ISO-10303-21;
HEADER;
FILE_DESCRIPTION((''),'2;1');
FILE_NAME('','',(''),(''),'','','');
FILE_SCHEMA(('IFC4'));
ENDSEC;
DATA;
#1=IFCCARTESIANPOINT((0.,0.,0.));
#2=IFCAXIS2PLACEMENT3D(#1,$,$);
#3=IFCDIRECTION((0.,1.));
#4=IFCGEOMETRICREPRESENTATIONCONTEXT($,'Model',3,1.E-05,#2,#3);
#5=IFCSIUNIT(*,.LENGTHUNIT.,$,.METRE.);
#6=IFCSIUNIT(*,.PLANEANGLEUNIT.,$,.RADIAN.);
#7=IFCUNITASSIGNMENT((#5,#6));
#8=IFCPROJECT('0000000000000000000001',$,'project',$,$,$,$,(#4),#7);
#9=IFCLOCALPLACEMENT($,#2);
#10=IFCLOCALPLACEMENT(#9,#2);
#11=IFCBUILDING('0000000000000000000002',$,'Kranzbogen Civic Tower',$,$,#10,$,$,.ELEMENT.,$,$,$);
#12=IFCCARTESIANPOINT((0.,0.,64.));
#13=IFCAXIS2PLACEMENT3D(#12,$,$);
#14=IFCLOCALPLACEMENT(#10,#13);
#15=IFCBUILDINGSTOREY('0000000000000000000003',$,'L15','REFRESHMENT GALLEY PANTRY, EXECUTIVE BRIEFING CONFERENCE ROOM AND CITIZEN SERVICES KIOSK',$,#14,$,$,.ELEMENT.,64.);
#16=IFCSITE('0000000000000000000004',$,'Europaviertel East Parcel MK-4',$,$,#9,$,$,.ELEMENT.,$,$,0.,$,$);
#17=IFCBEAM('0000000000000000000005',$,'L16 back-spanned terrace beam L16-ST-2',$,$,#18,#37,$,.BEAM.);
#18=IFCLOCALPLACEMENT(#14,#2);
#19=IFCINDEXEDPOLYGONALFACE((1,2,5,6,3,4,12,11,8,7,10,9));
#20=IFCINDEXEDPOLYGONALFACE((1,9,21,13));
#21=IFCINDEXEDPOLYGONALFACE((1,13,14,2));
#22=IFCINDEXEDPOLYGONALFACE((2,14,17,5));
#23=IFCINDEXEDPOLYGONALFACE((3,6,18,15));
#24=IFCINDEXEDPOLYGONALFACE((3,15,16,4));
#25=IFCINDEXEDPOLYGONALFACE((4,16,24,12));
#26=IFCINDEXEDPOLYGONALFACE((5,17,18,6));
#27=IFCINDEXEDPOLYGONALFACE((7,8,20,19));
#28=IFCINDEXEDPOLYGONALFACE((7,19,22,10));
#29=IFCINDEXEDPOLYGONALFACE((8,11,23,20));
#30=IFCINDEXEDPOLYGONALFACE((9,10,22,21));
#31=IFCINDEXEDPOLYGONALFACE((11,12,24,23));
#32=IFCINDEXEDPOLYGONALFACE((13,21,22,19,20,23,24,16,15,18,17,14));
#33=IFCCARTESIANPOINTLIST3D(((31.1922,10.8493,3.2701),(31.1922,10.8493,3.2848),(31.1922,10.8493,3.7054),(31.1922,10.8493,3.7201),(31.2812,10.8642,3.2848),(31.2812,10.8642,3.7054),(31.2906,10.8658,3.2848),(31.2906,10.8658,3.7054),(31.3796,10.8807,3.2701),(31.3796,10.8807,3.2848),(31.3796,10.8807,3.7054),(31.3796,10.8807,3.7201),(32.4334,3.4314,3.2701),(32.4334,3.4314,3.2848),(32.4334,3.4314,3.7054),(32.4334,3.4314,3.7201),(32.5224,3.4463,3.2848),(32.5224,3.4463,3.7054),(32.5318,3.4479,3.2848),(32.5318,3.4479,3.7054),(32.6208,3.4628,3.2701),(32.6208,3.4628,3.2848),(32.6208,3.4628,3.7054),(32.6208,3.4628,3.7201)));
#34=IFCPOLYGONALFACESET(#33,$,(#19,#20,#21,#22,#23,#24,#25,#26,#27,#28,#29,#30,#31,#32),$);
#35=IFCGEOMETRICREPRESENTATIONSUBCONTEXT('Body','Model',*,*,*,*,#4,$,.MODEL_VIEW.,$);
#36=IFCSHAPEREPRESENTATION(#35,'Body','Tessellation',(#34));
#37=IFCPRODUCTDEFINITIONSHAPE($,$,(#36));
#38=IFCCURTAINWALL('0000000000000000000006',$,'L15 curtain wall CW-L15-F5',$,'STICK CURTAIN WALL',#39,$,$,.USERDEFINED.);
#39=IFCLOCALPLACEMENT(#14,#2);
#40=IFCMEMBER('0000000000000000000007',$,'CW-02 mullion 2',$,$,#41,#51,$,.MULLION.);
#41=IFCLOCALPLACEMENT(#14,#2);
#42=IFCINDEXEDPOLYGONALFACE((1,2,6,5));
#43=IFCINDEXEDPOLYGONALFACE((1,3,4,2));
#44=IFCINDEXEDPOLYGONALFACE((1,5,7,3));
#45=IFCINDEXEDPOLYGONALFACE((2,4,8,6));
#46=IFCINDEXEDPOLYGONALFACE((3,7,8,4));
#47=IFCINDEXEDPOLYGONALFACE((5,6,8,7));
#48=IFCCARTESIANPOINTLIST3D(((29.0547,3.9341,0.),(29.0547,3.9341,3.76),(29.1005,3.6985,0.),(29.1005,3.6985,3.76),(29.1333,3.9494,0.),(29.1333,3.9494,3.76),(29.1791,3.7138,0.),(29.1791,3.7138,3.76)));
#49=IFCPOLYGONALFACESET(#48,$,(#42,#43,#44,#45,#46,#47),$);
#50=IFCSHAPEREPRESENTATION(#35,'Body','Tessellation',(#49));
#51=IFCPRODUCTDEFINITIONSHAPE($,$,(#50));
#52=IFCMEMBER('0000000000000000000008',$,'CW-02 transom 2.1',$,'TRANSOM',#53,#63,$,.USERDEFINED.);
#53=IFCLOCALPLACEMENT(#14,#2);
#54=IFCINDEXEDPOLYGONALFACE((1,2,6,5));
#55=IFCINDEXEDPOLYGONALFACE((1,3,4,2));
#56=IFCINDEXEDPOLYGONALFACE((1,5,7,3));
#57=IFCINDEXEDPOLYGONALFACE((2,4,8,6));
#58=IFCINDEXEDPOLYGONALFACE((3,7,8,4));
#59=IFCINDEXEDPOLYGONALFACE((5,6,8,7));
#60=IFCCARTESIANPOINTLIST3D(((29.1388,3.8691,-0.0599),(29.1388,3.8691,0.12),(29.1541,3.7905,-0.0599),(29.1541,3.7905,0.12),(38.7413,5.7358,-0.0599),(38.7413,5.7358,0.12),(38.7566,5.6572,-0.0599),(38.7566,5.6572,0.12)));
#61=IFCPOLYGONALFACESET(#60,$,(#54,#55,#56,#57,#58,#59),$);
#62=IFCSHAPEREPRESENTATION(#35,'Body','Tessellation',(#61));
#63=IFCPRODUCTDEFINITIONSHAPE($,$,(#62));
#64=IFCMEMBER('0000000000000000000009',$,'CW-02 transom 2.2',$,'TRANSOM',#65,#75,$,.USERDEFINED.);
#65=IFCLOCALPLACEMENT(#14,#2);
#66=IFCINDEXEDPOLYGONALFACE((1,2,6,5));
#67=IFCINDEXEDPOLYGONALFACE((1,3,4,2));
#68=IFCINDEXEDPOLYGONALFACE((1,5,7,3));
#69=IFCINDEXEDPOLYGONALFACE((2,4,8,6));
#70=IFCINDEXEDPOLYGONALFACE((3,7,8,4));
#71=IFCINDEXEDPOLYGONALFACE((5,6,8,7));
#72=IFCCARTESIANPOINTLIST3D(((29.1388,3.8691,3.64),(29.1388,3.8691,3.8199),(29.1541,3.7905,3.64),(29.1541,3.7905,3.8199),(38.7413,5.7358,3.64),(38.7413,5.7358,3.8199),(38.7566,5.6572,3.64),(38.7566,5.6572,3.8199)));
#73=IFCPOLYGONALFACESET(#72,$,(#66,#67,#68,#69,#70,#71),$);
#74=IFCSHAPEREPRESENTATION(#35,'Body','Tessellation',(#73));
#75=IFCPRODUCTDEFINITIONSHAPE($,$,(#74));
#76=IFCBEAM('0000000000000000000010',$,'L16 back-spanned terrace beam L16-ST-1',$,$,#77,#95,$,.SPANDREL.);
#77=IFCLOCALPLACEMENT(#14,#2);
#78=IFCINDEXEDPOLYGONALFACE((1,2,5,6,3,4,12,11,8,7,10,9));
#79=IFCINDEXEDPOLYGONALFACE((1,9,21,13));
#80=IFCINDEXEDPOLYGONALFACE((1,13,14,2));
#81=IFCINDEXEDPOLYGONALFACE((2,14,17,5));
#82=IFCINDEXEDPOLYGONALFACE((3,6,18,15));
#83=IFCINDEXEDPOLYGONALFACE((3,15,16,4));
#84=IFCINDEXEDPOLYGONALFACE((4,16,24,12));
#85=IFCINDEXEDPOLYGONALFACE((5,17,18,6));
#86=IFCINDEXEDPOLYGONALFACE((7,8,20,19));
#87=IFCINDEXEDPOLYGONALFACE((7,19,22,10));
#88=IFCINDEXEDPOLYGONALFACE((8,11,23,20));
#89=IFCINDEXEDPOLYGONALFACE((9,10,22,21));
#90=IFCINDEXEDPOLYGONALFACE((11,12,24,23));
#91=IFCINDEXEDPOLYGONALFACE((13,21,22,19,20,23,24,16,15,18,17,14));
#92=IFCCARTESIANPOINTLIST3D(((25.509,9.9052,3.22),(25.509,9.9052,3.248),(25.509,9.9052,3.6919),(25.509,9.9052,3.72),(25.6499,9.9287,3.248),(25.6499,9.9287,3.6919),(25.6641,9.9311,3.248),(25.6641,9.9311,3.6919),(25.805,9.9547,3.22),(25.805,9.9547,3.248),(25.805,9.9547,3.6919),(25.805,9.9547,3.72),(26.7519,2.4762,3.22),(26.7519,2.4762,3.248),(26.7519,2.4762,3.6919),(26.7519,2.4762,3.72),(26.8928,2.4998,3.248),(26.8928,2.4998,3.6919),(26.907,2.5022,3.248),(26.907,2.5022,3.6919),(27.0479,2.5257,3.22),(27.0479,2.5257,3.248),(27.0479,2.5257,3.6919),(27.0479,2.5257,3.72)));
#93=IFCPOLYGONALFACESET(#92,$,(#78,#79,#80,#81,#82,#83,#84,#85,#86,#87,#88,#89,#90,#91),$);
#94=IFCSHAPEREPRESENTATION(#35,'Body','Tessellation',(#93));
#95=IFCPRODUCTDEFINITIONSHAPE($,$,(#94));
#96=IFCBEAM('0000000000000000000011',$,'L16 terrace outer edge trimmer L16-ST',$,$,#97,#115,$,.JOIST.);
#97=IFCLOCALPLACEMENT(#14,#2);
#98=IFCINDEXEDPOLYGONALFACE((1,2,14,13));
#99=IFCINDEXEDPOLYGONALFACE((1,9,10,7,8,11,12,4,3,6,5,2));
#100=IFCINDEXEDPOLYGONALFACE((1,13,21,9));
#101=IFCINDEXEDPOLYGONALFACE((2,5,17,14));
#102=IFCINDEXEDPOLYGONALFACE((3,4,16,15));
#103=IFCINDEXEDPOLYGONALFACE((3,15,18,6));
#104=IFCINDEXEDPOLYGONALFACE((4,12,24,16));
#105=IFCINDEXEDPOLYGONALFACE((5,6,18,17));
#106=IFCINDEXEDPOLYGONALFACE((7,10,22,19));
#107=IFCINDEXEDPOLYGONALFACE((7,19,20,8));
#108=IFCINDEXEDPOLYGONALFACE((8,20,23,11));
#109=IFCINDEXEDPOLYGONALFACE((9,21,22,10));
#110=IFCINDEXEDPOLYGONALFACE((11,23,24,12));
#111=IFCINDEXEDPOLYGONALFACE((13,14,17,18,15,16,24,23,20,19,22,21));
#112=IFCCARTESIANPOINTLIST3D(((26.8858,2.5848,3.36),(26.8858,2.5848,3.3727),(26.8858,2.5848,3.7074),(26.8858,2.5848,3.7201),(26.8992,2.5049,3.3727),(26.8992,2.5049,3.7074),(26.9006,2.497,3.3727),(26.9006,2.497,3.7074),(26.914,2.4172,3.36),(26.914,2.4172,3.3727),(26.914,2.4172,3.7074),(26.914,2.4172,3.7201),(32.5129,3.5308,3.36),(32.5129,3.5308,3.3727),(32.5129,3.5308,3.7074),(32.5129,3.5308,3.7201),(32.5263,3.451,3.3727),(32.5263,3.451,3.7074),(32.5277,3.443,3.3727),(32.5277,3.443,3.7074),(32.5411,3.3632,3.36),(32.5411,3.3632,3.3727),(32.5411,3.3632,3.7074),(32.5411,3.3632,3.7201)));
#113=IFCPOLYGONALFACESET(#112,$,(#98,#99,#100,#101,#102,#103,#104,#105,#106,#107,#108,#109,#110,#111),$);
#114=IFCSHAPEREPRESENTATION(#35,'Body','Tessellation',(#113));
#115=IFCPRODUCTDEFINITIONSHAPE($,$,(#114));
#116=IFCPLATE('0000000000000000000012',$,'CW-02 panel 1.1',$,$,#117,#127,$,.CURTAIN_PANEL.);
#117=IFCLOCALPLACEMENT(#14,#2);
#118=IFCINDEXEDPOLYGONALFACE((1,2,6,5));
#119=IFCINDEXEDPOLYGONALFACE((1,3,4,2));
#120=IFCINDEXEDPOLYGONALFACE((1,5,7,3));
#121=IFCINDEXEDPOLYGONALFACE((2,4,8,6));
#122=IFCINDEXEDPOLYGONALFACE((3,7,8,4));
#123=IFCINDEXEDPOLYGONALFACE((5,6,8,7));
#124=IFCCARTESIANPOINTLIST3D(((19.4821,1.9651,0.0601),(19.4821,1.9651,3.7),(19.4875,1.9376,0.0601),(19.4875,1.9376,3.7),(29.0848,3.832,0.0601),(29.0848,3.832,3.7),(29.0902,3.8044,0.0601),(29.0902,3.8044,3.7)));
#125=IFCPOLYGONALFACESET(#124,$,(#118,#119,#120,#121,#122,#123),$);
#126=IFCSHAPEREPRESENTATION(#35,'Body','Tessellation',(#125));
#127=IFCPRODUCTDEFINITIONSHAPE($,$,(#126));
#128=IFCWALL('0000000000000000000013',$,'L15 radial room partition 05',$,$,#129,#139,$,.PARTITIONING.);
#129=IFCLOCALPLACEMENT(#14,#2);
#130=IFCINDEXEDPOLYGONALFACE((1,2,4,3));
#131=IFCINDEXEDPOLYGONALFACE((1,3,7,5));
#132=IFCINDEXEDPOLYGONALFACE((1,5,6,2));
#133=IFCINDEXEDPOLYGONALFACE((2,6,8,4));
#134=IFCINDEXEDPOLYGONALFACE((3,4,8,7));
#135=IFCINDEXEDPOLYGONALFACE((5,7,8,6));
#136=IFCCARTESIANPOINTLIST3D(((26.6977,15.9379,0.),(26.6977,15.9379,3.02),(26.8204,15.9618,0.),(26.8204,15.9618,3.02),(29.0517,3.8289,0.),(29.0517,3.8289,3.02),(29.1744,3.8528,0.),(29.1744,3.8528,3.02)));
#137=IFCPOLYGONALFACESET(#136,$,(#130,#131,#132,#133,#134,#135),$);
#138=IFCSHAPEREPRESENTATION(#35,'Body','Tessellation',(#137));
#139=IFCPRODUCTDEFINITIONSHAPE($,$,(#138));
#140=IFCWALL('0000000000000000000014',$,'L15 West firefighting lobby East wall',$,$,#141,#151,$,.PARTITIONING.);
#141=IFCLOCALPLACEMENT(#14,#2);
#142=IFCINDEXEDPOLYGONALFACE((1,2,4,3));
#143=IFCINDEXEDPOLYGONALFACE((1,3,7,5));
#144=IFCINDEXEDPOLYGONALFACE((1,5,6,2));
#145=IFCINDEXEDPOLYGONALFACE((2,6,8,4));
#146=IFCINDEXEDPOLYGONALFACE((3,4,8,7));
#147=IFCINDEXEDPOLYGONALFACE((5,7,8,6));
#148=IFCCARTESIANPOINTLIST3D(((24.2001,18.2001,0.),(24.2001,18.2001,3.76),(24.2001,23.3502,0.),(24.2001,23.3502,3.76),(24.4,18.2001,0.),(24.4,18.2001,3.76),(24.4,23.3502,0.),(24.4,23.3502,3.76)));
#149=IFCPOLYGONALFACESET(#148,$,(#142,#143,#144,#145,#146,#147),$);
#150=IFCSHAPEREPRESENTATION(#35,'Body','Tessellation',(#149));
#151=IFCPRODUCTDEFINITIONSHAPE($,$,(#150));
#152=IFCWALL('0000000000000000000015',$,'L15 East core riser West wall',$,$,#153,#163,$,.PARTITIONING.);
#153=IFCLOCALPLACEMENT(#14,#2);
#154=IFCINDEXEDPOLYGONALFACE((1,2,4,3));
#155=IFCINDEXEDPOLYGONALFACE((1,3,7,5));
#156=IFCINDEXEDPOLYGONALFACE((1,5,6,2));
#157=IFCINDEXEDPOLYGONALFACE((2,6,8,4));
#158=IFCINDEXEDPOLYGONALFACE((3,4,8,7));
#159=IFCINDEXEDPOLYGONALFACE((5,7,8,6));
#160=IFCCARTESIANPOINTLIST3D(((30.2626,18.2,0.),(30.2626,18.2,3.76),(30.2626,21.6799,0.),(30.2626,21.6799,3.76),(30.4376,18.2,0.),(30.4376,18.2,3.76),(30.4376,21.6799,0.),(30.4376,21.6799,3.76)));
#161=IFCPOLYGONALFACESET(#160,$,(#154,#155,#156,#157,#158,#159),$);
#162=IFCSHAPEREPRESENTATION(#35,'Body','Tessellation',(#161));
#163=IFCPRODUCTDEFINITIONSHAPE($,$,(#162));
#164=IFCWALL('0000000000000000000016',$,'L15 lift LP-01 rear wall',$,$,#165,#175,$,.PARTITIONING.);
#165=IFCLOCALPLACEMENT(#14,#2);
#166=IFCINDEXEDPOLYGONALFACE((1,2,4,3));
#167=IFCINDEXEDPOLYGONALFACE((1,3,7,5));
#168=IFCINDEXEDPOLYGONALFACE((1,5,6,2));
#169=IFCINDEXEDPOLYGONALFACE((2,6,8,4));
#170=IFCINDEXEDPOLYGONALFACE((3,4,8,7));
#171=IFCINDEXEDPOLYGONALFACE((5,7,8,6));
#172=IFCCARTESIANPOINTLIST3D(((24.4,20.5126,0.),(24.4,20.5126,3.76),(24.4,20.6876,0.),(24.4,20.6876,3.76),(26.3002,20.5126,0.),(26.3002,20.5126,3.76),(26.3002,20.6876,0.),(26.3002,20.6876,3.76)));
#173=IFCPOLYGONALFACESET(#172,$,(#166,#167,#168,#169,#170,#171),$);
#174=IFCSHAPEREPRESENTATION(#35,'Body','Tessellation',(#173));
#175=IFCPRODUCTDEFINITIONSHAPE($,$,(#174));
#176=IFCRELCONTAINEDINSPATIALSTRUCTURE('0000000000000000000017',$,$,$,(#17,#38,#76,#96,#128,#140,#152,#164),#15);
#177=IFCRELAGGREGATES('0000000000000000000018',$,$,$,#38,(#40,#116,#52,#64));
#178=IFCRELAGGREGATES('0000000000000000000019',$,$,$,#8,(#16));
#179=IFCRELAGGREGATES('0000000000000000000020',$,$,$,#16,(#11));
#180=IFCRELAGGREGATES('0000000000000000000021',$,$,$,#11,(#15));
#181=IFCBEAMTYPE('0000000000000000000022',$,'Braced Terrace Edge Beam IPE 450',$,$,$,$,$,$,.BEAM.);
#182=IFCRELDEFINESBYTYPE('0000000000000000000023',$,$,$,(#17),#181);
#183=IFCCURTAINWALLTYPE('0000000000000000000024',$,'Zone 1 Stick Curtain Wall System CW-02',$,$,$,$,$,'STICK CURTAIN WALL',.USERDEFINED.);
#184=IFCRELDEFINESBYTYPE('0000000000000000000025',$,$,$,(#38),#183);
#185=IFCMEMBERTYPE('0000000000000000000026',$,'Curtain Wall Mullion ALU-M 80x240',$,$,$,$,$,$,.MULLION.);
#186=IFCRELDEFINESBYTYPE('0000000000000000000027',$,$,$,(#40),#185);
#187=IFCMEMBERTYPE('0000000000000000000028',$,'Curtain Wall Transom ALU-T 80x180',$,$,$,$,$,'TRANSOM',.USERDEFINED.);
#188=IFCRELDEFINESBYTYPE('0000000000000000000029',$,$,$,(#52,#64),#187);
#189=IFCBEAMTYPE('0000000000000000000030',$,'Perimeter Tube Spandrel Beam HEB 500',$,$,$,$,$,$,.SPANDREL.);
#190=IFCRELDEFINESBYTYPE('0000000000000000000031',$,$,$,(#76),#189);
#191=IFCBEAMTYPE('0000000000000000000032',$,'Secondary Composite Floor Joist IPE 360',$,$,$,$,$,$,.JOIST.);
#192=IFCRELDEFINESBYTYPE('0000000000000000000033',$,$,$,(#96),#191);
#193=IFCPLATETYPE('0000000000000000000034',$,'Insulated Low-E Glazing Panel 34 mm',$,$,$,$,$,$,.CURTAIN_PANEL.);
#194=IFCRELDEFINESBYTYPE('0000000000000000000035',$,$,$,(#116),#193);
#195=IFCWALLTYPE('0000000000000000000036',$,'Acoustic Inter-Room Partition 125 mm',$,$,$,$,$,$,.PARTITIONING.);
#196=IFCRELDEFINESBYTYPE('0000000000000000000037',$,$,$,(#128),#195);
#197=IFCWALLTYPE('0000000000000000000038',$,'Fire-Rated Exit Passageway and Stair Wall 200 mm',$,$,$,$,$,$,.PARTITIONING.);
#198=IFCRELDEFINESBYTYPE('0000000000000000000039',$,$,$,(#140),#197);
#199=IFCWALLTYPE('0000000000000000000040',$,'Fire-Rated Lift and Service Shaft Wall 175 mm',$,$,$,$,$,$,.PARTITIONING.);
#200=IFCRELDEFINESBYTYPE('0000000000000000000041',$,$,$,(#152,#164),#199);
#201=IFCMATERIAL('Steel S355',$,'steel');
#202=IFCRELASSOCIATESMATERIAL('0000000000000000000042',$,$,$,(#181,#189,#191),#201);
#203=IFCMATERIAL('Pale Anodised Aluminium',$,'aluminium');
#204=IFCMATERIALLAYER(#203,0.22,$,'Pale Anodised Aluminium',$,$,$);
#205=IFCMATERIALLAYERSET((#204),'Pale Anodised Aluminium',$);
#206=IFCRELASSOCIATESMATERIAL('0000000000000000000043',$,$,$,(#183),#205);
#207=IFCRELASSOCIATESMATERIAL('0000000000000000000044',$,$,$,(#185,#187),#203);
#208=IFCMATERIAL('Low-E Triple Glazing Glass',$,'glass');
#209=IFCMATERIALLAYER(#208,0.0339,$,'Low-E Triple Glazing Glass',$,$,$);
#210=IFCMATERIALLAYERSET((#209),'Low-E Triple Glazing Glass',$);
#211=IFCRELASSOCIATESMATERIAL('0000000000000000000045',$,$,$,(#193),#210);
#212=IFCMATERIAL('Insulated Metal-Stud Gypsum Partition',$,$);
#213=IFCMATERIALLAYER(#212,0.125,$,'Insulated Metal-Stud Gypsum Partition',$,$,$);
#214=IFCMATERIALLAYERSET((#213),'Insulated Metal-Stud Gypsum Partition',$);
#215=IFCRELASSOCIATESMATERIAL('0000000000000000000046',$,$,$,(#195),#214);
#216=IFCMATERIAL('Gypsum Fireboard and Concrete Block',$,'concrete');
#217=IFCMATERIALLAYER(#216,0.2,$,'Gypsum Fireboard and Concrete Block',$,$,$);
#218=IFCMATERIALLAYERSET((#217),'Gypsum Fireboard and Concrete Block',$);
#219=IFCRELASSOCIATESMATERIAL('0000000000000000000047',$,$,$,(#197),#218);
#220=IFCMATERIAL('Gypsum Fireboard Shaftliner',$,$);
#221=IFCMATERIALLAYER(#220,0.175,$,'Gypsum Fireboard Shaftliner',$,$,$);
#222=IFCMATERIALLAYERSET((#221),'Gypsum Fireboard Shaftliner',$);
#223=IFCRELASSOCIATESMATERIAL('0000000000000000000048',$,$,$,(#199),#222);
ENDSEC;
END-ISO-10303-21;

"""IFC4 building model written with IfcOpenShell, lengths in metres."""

from ifc_helpers import new_model, si_unit, direction, frame, frame_2d, origin, origin_2d, place, context, subcontext, project, spatial, rectangle, i_section, extrude, material, layer, layer_set, material_profile, profile_set, type_object, element, aggregate, save


model = new_model("IFC4")

# Units and contexts
model_context = context("Model", 3, precision=1e-05, world=origin(), true_north=direction((0.0, 1.0)))
body_context = subcontext(model_context, "Body", "Model", "MODEL_VIEW")
ifc_project = project(units=[si_unit("LENGTHUNIT", "METRE"), si_unit("PLANEANGLEUNIT", "RADIAN")], contexts=[model_context])

# Site, building, storey
site_placement = place(None, origin())
site = spatial("IfcSite", under=ifc_project, at=site_placement, Name="Europaviertel East Parcel MK-4", CompositionType="ELEMENT", RefElevation=0.0)
building_placement = place(site_placement, origin())
building = spatial("IfcBuilding", under=site, at=building_placement, Name="Kranzbogen Civic Tower", CompositionType="ELEMENT")
storey_placement = place(building_placement, frame((0.0, 0.0, 64.0)))
storey = spatial("IfcBuildingStorey", under=building, at=storey_placement, Name="L15", Description="REFRESHMENT GALLEY PANTRY, EXECUTIVE BRIEFING CONFERENCE ROOM AND CITIZEN SERVICES KIOSK", CompositionType="ELEMENT", Elevation=64.0)

# Beam
ifc_material_1 = material(Name="Steel S355", Category="steel")
ifc_material_profile_1 = material_profile(ifc_material_1, i_section(OverallWidth=0.1899, OverallDepth=0.45, WebThickness=0.0095, FlangeThickness=0.0146, at=origin_2d()), Name="IPE 450")
ifc_profile_set_1 = profile_set([ifc_material_profile_1], Name="Steel S355")
beam_type_1 = type_object("IfcBeamType", Name="Braced Terrace Edge Beam IPE 450", PredefinedType="BEAM", material=ifc_profile_set_1)
beam_1_placement = place(storey_placement, frame((31.2859, 10.865, 3.4951), z_axis=(0.165031, -0.986288, 0.0), x_axis=(0.986288, 0.165031, 0.0)))
element("IfcBeam", 1, at=beam_1_placement, inside=storey, type_object=beam_type_1, Name="L16 back-spanned terrace beam L16-ST-2", PredefinedType="BEAM", context=body_context, shape_type="SweptSolid", body=[
    extrude(i_section(OverallWidth=0.1899, OverallDepth=0.45, WebThickness=0.0095, FlangeThickness=0.0146, at=origin_2d()), origin(), (0.0, 0.0, 1.0), 7.521),
])

# Curtain wall, members
ifc_material_2 = material(Name="Pale Anodised Aluminium", Category="aluminium")
ifc_layer_1 = layer(ifc_material_2, 0.22, Name="Pale Anodised Aluminium")
ifc_layer_set_1 = layer_set([ifc_layer_1], Name="Pale Anodised Aluminium")
curtain_wall_type = type_object("IfcCurtainWallType", Name="Zone 1 Stick Curtain Wall System CW-02", ElementType="STICK CURTAIN WALL", PredefinedType="USERDEFINED", material=ifc_layer_set_1)
curtain_wall_placement = place(storey_placement, origin())
curtain_wall = element("IfcCurtainWall", 2, at=curtain_wall_placement, inside=storey, type_object=curtain_wall_type, Name="L15 curtain wall CW-L15-F5", ObjectType="STICK CURTAIN WALL", PredefinedType="USERDEFINED")
ifc_material_profile_2 = material_profile(ifc_material_2, rectangle(XDim=0.0801, YDim=0.24, at=origin_2d()), Name="ALU-M 80x240")
ifc_profile_set_2 = profile_set([ifc_material_profile_2], Name="Pale Anodised Aluminium")
member_type_1 = type_object("IfcMemberType", Name="Curtain Wall Mullion ALU-M 80x240", PredefinedType="MULLION", material=ifc_profile_set_2)
member_1_placement = place(storey_placement, frame((29.1169, 3.824, 0.0), z_axis=(0.0, 0.0, 1.0), x_axis=(0.981622, 0.190834, 0.0)))
member_1 = element("IfcMember", 3, at=member_1_placement, type_object=member_type_1, Name="CW-02 mullion 2", PredefinedType="MULLION", context=body_context, shape_type="SweptSolid", body=[
    extrude(rectangle(XDim=0.0801, YDim=0.24, at=origin_2d()), origin(), (0.0, 0.0, 1.0), 3.76),
])
ifc_material_profile_3 = material_profile(ifc_material_2, rectangle(XDim=0.0801, YDim=0.1799, at=origin_2d()), Name="ALU-T 80x180")
ifc_profile_set_3 = profile_set([ifc_material_profile_3], Name="Pale Anodised Aluminium")
member_type_2 = type_object("IfcMemberType", Name="Curtain Wall Transom ALU-T 80x180", ElementType="TRANSOM", PredefinedType="USERDEFINED", material=ifc_profile_set_3)
member_2_placement = place(storey_placement, frame((29.1465, 3.8298, 0.03), z_axis=(0.981624, 0.190824, 0.0), x_axis=(-0.190824, 0.981624, 0.0)))
member_2 = element("IfcMember", 4, at=member_2_placement, type_object=member_type_2, Name="CW-02 transom 2.1", ObjectType="TRANSOM", PredefinedType="USERDEFINED", context=body_context, shape_type="SweptSolid", body=[
    extrude(rectangle(XDim=0.0801, YDim=0.1799, at=origin_2d()), origin(), (0.0, 0.0, 1.0), 9.7822),
])
member_3_placement = place(storey_placement, frame((29.1465, 3.8298, 3.73), z_axis=(0.981624, 0.190824, 0.0), x_axis=(-0.190824, 0.981624, 0.0)))
member_3 = element("IfcMember", 5, at=member_3_placement, type_object=member_type_2, Name="CW-02 transom 2.2", ObjectType="TRANSOM", PredefinedType="USERDEFINED", context=body_context, shape_type="SweptSolid", body=[
    extrude(rectangle(XDim=0.0801, YDim=0.1799, at=origin_2d()), origin(), (0.0, 0.0, 1.0), 9.7822),
])

# Beams
ifc_material_profile_4 = material_profile(ifc_material_1, i_section(OverallWidth=0.3, OverallDepth=0.5, WebThickness=0.0144, FlangeThickness=0.0281, at=origin_2d()), Name="HEB 500")
ifc_profile_set_4 = profile_set([ifc_material_profile_4], Name="Steel S355")
beam_type_2 = type_object("IfcBeamType", Name="Perimeter Tube Spandrel Beam HEB 500", PredefinedType="SPANDREL", material=ifc_profile_set_4)
beam_2_placement = place(storey_placement, frame((25.657, 9.9299, 3.47), z_axis=(0.165014, -0.986291, 0.0), x_axis=(0.986291, 0.165014, 0.0)))
element("IfcBeam", 6, at=beam_2_placement, inside=storey, type_object=beam_type_2, Name="L16 back-spanned terrace beam L16-ST-1", PredefinedType="SPANDREL", context=body_context, shape_type="SweptSolid", body=[
    extrude(i_section(OverallWidth=0.3, OverallDepth=0.5, WebThickness=0.0144, FlangeThickness=0.0281, at=origin_2d()), origin(), (0.0, 0.0, 1.0), 7.5322),
])
ifc_material_profile_5 = material_profile(ifc_material_1, i_section(OverallWidth=0.1699, OverallDepth=0.3601, WebThickness=0.0081, FlangeThickness=0.0127, at=origin_2d()), Name="IPE 360")
ifc_profile_set_5 = profile_set([ifc_material_profile_5], Name="Steel S355")
beam_type_3 = type_object("IfcBeamType", Name="Secondary Composite Floor Joist IPE 360", PredefinedType="JOIST", material=ifc_profile_set_5)
beam_3_placement = place(storey_placement, frame((26.8999, 2.501, 3.54), z_axis=(0.986161, 0.165793, 0.0), x_axis=(-0.165793, 0.986161, 0.0)))
element("IfcBeam", 7, at=beam_3_placement, inside=storey, type_object=beam_type_3, Name="L16 terrace outer edge trimmer L16-ST", PredefinedType="JOIST", context=body_context, shape_type="SweptSolid", body=[
    extrude(i_section(OverallWidth=0.1699, OverallDepth=0.3601, WebThickness=0.0081, FlangeThickness=0.0127, at=origin_2d()), origin(), (0.0, 0.0, 1.0), 5.7061),
])

# Plate
ifc_material_3 = material(Name="Low-E Triple Glazing Glass", Category="glass")
ifc_layer_2 = layer(ifc_material_3, 0.0339, Name="Low-E Triple Glazing Glass")
ifc_layer_set_2 = layer_set([ifc_layer_2], Name="Low-E Triple Glazing Glass")
plate_type = type_object("IfcPlateType", Name="Insulated Low-E Glazing Panel 34 mm", PredefinedType="CURTAIN_PANEL", material=ifc_layer_set_2)
plate_placement = place(storey_placement, frame((24.2861, 2.8848, 0.0601), z_axis=(0.0, 0.0, 1.0), x_axis=(0.981622, 0.190834, 0.0)))
plate = element("IfcPlate", 8, at=plate_placement, type_object=plate_type, Name="CW-02 panel 1.1", PredefinedType="CURTAIN_PANEL", context=body_context, shape_type="SweptSolid", body=[
    extrude(rectangle(XDim=9.7825, YDim=0.0281, at=origin_2d()), origin(), (0.0, 0.0, 1.0), 3.6399),
])
aggregate(curtain_wall, [member_1, plate, member_2, member_3])

# Walls
ifc_material_4 = material(Name="Insulated Metal-Stud Gypsum Partition")
ifc_layer_3 = layer(ifc_material_4, 0.125, Name="Insulated Metal-Stud Gypsum Partition")
ifc_layer_set_3 = layer_set([ifc_layer_3], Name="Insulated Metal-Stud Gypsum Partition")
wall_type_1 = type_object("IfcWallType", Name="Acoustic Inter-Room Partition 125 mm", PredefinedType="PARTITIONING", material=ifc_layer_set_3)
wall_1_placement = place(storey_placement, frame((26.759, 15.95, 0.0), z_axis=(0.0, 0.0, 1.0), x_axis=(0.19083, -0.981623, 0.0)))
element("IfcWall", 9, at=wall_1_placement, inside=storey, type_object=wall_type_1, Name="L15 radial room partition 05", PredefinedType="PARTITIONING", context=body_context, shape_type="SweptSolid", body=[
    extrude(rectangle(XDim=12.3357, YDim=0.125, at=frame_2d((6.168, 0.0))), origin(), (0.0, 0.0, 1.0), 3.02),
])
ifc_material_5 = material(Name="Gypsum Fireboard and Concrete Block", Category="concrete")
ifc_layer_4 = layer(ifc_material_5, 0.2, Name="Gypsum Fireboard and Concrete Block")
ifc_layer_set_4 = layer_set([ifc_layer_4], Name="Gypsum Fireboard and Concrete Block")
wall_type_2 = type_object("IfcWallType", Name="Fire-Rated Exit Passageway and Stair Wall 200 mm", PredefinedType="PARTITIONING", material=ifc_layer_set_4)
wall_2_placement = place(storey_placement, frame((24.3, 18.2, 0.0), z_axis=(0.0, 0.0, 1.0), x_axis=(0.0, 1.0, 0.0)))
element("IfcWall", 10, at=wall_2_placement, inside=storey, type_object=wall_type_2, Name="L15 West firefighting lobby East wall", PredefinedType="PARTITIONING", context=body_context, shape_type="SweptSolid", body=[
    extrude(rectangle(XDim=5.1501, YDim=0.2, at=frame_2d((2.5752, 0.0))), origin(), (0.0, 0.0, 1.0), 3.76),
])
ifc_material_6 = material(Name="Gypsum Fireboard Shaftliner")
ifc_layer_5 = layer(ifc_material_6, 0.175, Name="Gypsum Fireboard Shaftliner")
ifc_layer_set_5 = layer_set([ifc_layer_5], Name="Gypsum Fireboard Shaftliner")
wall_type_3 = type_object("IfcWallType", Name="Fire-Rated Lift and Service Shaft Wall 175 mm", PredefinedType="PARTITIONING", material=ifc_layer_set_5)
wall_3_placement = place(storey_placement, frame((30.3501, 18.2, 0.0), z_axis=(0.0, 0.0, 1.0), x_axis=(0.0, 1.0, 0.0)))
element("IfcWall", 11, at=wall_3_placement, inside=storey, type_object=wall_type_3, Name="L15 East core riser West wall", PredefinedType="PARTITIONING", context=body_context, shape_type="SweptSolid", body=[
    extrude(rectangle(XDim=3.48, YDim=0.175, at=frame_2d((1.74, 0.0))), origin(), (0.0, 0.0, 1.0), 3.76),
])
wall_4_placement = place(storey_placement, frame((24.3999, 20.6001, 0.0), z_axis=(0.0, 0.0, 1.0), x_axis=(1.0, 0.0, 0.0)))
element("IfcWall", 12, at=wall_4_placement, inside=storey, type_object=wall_type_3, Name="L15 lift LP-01 rear wall", PredefinedType="PARTITIONING", context=body_context, shape_type="SweptSolid", body=[
    extrude(rectangle(XDim=1.9001, YDim=0.175, at=frame_2d((0.9502, 0.0))), origin(), (0.0, 0.0, 1.0), 3.76),
])

save(model, "model.ifc")
